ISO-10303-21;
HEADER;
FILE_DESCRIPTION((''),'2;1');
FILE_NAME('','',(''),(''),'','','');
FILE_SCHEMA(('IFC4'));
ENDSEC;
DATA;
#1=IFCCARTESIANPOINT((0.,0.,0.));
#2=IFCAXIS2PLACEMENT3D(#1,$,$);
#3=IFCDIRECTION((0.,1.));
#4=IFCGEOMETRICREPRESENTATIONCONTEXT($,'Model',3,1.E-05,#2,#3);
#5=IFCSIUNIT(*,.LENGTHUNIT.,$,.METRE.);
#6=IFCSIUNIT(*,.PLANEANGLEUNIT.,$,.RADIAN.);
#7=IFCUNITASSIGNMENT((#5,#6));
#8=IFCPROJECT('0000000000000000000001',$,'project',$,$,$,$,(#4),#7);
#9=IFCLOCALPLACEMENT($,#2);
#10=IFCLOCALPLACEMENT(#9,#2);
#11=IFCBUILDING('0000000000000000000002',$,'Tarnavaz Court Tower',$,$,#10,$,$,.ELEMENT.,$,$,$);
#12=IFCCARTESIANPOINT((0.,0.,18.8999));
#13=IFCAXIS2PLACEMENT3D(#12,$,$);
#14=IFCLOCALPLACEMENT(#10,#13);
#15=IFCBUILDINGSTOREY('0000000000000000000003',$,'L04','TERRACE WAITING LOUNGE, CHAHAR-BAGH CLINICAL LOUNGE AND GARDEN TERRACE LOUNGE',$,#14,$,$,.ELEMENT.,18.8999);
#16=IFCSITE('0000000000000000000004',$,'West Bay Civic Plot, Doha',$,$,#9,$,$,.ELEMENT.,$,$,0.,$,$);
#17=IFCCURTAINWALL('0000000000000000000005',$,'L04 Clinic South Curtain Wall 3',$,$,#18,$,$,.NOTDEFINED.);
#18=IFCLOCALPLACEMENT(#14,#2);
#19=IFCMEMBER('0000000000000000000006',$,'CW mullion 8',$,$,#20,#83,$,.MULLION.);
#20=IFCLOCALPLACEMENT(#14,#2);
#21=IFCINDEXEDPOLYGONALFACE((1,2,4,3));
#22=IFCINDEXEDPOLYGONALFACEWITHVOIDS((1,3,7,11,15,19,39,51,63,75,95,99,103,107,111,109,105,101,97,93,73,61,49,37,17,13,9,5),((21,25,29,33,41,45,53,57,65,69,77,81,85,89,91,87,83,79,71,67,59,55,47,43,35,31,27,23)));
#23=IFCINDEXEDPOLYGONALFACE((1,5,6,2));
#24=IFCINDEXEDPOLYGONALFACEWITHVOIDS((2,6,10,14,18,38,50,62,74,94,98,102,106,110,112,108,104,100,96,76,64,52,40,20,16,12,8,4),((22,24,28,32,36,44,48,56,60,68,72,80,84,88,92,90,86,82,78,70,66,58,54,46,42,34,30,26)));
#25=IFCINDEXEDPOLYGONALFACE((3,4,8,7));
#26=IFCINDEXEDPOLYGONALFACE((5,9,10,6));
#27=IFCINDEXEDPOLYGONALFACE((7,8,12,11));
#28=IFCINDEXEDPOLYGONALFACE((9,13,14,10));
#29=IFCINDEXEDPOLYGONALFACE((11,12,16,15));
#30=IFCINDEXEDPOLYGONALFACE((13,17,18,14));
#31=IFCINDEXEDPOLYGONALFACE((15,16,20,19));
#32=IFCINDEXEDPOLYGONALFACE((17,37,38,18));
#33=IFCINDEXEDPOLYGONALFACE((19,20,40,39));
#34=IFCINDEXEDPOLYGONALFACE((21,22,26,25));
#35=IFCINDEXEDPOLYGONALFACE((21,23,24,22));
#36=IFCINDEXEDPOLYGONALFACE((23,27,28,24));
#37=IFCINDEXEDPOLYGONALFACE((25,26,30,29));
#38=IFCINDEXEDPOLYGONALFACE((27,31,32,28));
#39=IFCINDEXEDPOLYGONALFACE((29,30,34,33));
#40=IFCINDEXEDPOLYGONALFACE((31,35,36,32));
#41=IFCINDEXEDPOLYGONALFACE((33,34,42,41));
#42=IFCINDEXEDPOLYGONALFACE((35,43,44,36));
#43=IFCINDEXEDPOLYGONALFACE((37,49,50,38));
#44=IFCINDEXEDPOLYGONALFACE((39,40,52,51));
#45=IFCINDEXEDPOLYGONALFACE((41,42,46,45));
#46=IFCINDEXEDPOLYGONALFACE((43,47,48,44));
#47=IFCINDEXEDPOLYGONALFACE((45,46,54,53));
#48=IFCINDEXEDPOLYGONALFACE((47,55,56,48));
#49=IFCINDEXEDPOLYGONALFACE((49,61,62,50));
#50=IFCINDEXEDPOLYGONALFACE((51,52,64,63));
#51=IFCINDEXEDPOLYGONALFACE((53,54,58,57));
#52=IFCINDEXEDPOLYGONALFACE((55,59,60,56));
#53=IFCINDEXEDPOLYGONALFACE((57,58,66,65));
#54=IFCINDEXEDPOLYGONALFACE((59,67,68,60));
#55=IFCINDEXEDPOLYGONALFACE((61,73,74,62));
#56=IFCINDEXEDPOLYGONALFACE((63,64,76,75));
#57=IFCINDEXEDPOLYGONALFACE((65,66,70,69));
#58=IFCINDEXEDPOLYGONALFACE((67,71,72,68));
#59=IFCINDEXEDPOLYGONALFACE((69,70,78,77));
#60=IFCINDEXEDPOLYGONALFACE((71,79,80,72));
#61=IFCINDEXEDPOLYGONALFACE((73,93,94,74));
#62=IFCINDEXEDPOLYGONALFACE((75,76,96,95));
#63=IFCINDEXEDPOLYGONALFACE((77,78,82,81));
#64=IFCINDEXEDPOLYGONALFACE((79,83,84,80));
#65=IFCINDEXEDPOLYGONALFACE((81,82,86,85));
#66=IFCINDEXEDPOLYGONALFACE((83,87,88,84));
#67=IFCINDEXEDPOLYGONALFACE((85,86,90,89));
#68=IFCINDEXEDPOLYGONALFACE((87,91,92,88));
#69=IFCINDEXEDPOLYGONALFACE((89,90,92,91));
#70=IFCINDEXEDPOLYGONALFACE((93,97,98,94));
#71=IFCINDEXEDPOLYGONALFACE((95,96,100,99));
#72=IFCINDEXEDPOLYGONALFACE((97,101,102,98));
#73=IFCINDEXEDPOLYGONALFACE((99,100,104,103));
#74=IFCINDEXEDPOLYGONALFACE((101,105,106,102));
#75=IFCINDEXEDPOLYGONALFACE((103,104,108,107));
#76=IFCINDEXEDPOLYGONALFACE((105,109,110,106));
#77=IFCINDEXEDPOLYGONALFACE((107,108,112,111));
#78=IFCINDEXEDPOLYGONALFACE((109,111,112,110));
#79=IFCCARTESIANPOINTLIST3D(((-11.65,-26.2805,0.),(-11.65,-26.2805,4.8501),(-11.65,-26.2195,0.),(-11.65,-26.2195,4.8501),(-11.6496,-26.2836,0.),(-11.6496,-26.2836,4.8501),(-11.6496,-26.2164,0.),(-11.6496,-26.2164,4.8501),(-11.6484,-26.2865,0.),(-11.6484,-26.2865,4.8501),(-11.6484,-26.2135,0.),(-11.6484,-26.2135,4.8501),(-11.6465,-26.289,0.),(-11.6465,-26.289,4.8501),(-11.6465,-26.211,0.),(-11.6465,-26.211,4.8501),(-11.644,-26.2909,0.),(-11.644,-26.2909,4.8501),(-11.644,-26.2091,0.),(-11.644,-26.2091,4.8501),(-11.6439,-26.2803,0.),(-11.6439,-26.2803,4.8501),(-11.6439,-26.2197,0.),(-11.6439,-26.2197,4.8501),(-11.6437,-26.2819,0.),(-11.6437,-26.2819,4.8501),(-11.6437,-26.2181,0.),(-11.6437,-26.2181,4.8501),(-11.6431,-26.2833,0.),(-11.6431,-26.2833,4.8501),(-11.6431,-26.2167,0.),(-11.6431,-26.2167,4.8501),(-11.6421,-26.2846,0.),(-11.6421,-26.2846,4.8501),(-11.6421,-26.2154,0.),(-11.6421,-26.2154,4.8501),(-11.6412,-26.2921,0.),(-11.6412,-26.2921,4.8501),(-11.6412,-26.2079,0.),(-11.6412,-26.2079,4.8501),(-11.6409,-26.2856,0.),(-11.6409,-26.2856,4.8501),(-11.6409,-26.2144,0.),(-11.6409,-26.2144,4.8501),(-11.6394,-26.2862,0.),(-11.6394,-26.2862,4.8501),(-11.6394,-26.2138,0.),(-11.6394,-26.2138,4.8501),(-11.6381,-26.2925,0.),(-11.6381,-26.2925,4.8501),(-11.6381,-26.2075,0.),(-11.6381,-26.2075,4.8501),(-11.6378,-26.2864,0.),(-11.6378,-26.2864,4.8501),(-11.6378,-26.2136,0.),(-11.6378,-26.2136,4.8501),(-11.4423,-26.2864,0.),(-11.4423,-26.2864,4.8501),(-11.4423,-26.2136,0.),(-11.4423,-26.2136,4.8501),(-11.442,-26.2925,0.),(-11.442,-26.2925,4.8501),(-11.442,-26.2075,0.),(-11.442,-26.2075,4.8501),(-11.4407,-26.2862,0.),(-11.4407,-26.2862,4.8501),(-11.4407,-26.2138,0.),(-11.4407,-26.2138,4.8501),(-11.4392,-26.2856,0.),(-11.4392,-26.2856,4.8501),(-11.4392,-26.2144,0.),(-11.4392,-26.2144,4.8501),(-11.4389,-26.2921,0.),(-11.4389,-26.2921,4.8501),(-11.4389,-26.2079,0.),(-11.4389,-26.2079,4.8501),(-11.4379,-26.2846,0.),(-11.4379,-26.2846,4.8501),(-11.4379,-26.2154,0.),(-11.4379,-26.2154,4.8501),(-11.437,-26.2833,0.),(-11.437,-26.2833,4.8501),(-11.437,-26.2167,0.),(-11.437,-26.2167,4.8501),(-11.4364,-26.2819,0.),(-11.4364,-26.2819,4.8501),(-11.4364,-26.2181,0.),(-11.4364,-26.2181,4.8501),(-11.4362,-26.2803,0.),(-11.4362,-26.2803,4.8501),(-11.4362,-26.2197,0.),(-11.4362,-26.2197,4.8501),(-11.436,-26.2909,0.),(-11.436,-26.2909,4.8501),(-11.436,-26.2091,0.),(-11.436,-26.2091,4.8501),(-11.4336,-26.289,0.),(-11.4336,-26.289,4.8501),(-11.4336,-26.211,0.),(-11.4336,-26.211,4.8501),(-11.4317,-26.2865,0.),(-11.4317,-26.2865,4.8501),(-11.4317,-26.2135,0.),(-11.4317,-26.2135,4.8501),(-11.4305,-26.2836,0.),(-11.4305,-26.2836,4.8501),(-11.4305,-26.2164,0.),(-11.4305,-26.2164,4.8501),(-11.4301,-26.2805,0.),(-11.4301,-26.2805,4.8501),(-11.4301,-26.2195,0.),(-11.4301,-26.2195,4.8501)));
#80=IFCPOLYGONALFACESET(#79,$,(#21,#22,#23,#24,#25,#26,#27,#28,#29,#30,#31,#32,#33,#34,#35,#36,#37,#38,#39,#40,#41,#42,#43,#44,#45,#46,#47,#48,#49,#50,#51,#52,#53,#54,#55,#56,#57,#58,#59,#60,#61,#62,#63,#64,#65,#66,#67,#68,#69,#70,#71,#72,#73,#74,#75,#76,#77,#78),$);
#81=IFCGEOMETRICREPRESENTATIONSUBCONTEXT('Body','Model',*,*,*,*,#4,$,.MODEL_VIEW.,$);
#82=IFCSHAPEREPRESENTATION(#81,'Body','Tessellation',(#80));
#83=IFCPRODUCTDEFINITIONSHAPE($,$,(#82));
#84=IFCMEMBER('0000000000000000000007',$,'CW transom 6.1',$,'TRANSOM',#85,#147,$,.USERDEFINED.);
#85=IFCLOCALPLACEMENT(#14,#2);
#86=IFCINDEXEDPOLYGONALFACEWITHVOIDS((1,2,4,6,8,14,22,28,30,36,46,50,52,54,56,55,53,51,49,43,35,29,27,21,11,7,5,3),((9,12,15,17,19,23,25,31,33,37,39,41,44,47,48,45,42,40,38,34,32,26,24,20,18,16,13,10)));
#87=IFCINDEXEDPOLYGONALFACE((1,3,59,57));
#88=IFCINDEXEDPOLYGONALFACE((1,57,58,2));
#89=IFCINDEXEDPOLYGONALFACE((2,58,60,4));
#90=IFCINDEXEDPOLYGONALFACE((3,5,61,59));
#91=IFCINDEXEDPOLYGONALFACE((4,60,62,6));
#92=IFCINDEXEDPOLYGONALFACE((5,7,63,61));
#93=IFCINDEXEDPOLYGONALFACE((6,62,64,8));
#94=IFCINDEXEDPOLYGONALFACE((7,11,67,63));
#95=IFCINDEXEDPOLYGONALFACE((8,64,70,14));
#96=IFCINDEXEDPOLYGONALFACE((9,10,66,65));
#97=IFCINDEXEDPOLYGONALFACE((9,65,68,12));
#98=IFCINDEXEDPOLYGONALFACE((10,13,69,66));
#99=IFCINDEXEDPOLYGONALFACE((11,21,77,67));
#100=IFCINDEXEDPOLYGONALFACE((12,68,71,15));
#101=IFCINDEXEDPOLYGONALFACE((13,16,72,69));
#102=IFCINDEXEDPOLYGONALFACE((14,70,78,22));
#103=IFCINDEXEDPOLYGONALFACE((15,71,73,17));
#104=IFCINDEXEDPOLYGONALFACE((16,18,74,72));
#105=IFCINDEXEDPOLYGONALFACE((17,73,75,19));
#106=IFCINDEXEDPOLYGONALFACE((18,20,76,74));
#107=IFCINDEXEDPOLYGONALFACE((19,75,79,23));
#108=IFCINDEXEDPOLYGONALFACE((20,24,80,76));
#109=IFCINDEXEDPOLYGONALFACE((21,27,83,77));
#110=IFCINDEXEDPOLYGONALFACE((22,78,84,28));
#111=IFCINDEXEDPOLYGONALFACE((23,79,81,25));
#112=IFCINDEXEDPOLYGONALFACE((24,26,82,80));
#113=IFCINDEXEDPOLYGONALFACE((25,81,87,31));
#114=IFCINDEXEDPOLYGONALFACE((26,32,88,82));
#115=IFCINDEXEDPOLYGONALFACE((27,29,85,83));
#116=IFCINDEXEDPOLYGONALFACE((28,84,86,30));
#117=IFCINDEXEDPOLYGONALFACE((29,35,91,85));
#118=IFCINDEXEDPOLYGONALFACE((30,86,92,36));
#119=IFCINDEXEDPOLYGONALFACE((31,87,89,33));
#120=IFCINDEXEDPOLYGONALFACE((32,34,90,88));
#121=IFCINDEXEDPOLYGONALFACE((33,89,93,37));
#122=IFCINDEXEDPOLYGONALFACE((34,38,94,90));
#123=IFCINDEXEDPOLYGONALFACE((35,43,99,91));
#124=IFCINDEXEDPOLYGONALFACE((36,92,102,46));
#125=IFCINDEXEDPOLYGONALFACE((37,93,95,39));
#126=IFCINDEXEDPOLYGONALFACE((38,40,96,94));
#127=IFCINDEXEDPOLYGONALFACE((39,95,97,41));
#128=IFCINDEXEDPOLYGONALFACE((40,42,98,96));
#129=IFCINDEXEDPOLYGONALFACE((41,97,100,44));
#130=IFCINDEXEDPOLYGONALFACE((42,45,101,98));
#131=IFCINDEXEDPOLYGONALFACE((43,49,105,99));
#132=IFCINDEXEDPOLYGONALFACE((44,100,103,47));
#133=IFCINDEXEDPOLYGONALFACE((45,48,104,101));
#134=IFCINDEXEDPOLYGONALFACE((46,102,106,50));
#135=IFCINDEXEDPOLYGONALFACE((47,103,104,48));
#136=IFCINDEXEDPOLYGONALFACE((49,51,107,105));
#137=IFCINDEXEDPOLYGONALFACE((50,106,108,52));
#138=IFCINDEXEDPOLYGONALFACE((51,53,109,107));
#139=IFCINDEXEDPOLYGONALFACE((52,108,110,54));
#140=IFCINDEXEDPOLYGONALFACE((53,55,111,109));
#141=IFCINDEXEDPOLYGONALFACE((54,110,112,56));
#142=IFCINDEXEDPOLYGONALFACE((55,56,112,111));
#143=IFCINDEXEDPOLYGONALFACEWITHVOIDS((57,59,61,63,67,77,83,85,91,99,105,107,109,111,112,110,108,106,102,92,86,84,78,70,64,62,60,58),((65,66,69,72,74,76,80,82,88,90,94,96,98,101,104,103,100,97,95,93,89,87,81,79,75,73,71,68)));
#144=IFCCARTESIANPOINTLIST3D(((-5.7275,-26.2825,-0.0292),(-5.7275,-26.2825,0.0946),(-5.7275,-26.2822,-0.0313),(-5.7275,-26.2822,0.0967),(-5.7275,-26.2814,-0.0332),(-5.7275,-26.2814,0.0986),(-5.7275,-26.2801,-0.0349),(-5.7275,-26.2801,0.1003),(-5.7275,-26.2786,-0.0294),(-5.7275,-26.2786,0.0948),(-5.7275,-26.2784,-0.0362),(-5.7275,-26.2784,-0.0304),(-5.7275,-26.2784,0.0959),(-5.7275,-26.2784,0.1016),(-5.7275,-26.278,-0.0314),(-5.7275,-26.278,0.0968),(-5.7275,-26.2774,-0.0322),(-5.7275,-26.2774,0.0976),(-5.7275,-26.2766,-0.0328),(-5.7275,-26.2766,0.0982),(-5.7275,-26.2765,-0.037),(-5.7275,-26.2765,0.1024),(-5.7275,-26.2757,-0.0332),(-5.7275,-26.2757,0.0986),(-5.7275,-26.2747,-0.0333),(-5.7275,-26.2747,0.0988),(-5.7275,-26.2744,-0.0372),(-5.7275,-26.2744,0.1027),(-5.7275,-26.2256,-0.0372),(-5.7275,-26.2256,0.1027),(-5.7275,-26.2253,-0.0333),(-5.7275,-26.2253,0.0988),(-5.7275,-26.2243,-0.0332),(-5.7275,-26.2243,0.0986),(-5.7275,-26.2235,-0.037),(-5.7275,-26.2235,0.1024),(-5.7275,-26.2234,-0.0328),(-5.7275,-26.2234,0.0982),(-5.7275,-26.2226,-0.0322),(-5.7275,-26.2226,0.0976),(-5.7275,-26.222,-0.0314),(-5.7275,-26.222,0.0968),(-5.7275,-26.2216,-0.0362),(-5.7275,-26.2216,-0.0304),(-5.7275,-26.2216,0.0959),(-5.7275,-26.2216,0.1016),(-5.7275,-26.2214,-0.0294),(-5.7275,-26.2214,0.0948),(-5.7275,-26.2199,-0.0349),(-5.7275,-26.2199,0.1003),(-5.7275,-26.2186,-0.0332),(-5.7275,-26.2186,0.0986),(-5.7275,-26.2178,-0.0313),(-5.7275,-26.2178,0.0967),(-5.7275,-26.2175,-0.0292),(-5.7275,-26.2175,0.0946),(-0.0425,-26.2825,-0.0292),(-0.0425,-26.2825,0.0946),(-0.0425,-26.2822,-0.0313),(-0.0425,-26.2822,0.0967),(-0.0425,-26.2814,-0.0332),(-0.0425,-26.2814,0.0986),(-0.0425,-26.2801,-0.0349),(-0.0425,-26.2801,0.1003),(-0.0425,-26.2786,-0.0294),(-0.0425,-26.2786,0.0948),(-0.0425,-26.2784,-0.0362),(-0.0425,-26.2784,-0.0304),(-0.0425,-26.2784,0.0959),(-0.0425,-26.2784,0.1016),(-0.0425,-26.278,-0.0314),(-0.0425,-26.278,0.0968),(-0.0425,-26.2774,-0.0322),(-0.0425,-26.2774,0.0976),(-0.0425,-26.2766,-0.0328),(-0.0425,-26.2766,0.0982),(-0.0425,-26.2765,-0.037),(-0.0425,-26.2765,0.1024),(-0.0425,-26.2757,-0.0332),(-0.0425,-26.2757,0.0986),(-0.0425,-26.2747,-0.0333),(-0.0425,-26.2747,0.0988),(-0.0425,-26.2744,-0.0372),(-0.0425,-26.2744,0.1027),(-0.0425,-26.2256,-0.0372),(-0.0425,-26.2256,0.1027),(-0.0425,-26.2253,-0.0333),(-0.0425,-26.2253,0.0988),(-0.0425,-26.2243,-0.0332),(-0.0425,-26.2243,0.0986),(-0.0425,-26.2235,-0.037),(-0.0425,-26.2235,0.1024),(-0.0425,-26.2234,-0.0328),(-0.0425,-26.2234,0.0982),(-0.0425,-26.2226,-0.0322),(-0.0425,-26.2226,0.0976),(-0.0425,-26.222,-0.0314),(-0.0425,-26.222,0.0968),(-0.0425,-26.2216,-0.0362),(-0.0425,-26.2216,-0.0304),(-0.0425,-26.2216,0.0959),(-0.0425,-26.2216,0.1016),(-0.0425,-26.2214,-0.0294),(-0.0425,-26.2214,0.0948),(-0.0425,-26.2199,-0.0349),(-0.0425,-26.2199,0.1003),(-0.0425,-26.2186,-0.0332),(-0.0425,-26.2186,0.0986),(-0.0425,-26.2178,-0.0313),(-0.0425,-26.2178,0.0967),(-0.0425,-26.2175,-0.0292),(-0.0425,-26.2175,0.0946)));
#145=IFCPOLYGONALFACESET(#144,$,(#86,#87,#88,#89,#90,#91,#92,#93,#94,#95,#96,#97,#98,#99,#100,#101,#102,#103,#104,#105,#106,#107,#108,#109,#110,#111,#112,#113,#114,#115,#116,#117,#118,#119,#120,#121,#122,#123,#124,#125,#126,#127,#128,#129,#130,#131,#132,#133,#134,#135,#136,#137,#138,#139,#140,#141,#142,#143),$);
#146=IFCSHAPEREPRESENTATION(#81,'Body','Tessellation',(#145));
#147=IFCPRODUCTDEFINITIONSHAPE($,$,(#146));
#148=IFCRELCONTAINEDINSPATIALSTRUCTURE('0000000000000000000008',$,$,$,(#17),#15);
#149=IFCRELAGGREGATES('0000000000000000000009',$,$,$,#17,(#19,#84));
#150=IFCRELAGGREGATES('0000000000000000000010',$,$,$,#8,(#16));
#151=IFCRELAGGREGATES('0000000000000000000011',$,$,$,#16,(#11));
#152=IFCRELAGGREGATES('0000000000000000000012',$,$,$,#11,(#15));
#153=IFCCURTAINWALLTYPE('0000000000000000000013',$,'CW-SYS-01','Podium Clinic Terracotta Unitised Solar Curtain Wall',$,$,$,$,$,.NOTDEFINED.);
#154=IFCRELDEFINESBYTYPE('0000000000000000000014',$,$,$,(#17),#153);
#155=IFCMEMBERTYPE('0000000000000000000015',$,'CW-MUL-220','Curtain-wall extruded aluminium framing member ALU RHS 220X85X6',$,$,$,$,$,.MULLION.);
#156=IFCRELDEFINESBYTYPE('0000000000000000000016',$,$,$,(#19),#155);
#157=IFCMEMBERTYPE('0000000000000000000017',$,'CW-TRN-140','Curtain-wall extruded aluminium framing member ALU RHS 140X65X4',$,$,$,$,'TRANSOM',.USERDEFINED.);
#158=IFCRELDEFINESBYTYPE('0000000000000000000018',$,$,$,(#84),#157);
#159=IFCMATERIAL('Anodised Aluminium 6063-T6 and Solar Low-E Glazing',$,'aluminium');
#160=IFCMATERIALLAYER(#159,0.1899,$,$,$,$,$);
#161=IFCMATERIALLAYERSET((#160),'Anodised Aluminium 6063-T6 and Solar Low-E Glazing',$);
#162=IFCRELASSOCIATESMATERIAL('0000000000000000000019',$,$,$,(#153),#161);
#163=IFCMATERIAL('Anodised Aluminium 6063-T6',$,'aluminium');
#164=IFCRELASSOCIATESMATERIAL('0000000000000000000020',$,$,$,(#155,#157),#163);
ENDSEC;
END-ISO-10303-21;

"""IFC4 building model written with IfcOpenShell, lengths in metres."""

from ifc_helpers import new_model, si_unit, direction, frame, origin, origin_2d, place, context, subcontext, project, spatial, hollow_rectangle, extrude, material, layer, layer_set, material_profile, profile_set, type_object, element, aggregate, save


model = new_model("IFC4")

# Units and contexts
model_context = context("Model", 3, precision=1e-05, world=origin(), true_north=direction((0.0, 1.0)))
body_context = subcontext(model_context, "Body", "Model", "MODEL_VIEW")
ifc_project = project(units=[si_unit("LENGTHUNIT", "METRE"), si_unit("PLANEANGLEUNIT", "RADIAN")], contexts=[model_context])

# Site, building, storey
site_placement = place(None, origin())
site = spatial("IfcSite", under=ifc_project, at=site_placement, Name="West Bay Civic Plot, Doha", CompositionType="ELEMENT", RefElevation=0.0)
building_placement = place(site_placement, origin())
building = spatial("IfcBuilding", under=site, at=building_placement, Name="Tarnavaz Court Tower", CompositionType="ELEMENT")
storey_placement = place(building_placement, frame((0.0, 0.0, 18.8999)))
storey = spatial("IfcBuildingStorey", under=building, at=storey_placement, Name="L04", Description="TERRACE WAITING LOUNGE, CHAHAR-BAGH CLINICAL LOUNGE AND GARDEN TERRACE LOUNGE", CompositionType="ELEMENT", Elevation=18.8999)

# Curtain wall, members
ifc_material_1 = material(Name="Anodised Aluminium 6063-T6 and Solar Low-E Glazing", Category="aluminium")
ifc_layer_1 = layer(ifc_material_1, 0.1899)
ifc_layer_set_1 = layer_set([ifc_layer_1], Name="Anodised Aluminium 6063-T6 and Solar Low-E Glazing")
curtain_wall_type = type_object("IfcCurtainWallType", Name="CW-SYS-01", Description="Podium Clinic Terracotta Unitised Solar Curtain Wall", PredefinedType="NOTDEFINED", material=ifc_layer_set_1)
curtain_wall_placement = place(storey_placement, origin())
curtain_wall = element("IfcCurtainWall", 1, at=curtain_wall_placement, inside=storey, type_object=curtain_wall_type, Name="L04 Clinic South Curtain Wall 3", PredefinedType="NOTDEFINED")
ifc_material_2 = material(Name="Anodised Aluminium 6063-T6", Category="aluminium")
ifc_material_profile_1 = material_profile(ifc_material_2, hollow_rectangle(XDim=0.085, YDim=0.22, WallThickness=0.0061, InnerFilletRadius=0.0061, OuterFilletRadius=0.012, at=origin_2d()), Name="ALU RHS 220X85X6")
ifc_profile_set_1 = profile_set([ifc_material_profile_1], Name="Anodised Aluminium 6063-T6")
member_type_1 = type_object("IfcMemberType", Name="CW-MUL-220", Description="Curtain-wall extruded aluminium framing member ALU RHS 220X85X6", PredefinedType="MULLION", material=ifc_profile_set_1)
member_1_placement = place(storey_placement, frame((-11.54, -26.25, 0.0), z_axis=(0.0, 0.0, 1.0), x_axis=(0.0, -1.0, 0.0)))
member_1 = element("IfcMember", 2, at=member_1_placement, type_object=member_type_1, Name="CW mullion 8", PredefinedType="MULLION", context=body_context, shape_type="SweptSolid", body=[
    extrude(hollow_rectangle(XDim=0.085, YDim=0.22, WallThickness=0.0061, InnerFilletRadius=0.0061, OuterFilletRadius=0.012, at=origin_2d()), origin(), (0.0, 0.0, 1.0), 4.8501),
])
ifc_material_profile_2 = material_profile(ifc_material_2, hollow_rectangle(XDim=0.0649, YDim=0.1399, WallThickness=0.0039, InnerFilletRadius=0.0039, OuterFilletRadius=0.0081, at=origin_2d()), Name="ALU RHS 140X65X4")
ifc_profile_set_2 = profile_set([ifc_material_profile_2], Name="Anodised Aluminium 6063-T6")
member_type_2 = type_object("IfcMemberType", Name="CW-TRN-140", Description="Curtain-wall extruded aluminium framing member ALU RHS 140X65X4", ElementType="TRANSOM", PredefinedType="USERDEFINED", material=ifc_profile_set_2)
member_2_placement = place(storey_placement, frame((-0.0425, -26.25, 0.0327), z_axis=(-1.0, 0.0, 0.0), x_axis=(0.0, -1.0, 0.0)))
member_2 = element("IfcMember", 3, at=member_2_placement, type_object=member_type_2, Name="CW transom 6.1", ObjectType="TRANSOM", PredefinedType="USERDEFINED", context=body_context, shape_type="SweptSolid", body=[
    extrude(hollow_rectangle(XDim=0.0649, YDim=0.1399, WallThickness=0.0039, InnerFilletRadius=0.0039, OuterFilletRadius=0.0081, at=origin_2d()), origin(), (0.0, 0.0, 1.0), 5.6851),
])
aggregate(curtain_wall, [member_1, member_2])

save(model, "model.ifc")
